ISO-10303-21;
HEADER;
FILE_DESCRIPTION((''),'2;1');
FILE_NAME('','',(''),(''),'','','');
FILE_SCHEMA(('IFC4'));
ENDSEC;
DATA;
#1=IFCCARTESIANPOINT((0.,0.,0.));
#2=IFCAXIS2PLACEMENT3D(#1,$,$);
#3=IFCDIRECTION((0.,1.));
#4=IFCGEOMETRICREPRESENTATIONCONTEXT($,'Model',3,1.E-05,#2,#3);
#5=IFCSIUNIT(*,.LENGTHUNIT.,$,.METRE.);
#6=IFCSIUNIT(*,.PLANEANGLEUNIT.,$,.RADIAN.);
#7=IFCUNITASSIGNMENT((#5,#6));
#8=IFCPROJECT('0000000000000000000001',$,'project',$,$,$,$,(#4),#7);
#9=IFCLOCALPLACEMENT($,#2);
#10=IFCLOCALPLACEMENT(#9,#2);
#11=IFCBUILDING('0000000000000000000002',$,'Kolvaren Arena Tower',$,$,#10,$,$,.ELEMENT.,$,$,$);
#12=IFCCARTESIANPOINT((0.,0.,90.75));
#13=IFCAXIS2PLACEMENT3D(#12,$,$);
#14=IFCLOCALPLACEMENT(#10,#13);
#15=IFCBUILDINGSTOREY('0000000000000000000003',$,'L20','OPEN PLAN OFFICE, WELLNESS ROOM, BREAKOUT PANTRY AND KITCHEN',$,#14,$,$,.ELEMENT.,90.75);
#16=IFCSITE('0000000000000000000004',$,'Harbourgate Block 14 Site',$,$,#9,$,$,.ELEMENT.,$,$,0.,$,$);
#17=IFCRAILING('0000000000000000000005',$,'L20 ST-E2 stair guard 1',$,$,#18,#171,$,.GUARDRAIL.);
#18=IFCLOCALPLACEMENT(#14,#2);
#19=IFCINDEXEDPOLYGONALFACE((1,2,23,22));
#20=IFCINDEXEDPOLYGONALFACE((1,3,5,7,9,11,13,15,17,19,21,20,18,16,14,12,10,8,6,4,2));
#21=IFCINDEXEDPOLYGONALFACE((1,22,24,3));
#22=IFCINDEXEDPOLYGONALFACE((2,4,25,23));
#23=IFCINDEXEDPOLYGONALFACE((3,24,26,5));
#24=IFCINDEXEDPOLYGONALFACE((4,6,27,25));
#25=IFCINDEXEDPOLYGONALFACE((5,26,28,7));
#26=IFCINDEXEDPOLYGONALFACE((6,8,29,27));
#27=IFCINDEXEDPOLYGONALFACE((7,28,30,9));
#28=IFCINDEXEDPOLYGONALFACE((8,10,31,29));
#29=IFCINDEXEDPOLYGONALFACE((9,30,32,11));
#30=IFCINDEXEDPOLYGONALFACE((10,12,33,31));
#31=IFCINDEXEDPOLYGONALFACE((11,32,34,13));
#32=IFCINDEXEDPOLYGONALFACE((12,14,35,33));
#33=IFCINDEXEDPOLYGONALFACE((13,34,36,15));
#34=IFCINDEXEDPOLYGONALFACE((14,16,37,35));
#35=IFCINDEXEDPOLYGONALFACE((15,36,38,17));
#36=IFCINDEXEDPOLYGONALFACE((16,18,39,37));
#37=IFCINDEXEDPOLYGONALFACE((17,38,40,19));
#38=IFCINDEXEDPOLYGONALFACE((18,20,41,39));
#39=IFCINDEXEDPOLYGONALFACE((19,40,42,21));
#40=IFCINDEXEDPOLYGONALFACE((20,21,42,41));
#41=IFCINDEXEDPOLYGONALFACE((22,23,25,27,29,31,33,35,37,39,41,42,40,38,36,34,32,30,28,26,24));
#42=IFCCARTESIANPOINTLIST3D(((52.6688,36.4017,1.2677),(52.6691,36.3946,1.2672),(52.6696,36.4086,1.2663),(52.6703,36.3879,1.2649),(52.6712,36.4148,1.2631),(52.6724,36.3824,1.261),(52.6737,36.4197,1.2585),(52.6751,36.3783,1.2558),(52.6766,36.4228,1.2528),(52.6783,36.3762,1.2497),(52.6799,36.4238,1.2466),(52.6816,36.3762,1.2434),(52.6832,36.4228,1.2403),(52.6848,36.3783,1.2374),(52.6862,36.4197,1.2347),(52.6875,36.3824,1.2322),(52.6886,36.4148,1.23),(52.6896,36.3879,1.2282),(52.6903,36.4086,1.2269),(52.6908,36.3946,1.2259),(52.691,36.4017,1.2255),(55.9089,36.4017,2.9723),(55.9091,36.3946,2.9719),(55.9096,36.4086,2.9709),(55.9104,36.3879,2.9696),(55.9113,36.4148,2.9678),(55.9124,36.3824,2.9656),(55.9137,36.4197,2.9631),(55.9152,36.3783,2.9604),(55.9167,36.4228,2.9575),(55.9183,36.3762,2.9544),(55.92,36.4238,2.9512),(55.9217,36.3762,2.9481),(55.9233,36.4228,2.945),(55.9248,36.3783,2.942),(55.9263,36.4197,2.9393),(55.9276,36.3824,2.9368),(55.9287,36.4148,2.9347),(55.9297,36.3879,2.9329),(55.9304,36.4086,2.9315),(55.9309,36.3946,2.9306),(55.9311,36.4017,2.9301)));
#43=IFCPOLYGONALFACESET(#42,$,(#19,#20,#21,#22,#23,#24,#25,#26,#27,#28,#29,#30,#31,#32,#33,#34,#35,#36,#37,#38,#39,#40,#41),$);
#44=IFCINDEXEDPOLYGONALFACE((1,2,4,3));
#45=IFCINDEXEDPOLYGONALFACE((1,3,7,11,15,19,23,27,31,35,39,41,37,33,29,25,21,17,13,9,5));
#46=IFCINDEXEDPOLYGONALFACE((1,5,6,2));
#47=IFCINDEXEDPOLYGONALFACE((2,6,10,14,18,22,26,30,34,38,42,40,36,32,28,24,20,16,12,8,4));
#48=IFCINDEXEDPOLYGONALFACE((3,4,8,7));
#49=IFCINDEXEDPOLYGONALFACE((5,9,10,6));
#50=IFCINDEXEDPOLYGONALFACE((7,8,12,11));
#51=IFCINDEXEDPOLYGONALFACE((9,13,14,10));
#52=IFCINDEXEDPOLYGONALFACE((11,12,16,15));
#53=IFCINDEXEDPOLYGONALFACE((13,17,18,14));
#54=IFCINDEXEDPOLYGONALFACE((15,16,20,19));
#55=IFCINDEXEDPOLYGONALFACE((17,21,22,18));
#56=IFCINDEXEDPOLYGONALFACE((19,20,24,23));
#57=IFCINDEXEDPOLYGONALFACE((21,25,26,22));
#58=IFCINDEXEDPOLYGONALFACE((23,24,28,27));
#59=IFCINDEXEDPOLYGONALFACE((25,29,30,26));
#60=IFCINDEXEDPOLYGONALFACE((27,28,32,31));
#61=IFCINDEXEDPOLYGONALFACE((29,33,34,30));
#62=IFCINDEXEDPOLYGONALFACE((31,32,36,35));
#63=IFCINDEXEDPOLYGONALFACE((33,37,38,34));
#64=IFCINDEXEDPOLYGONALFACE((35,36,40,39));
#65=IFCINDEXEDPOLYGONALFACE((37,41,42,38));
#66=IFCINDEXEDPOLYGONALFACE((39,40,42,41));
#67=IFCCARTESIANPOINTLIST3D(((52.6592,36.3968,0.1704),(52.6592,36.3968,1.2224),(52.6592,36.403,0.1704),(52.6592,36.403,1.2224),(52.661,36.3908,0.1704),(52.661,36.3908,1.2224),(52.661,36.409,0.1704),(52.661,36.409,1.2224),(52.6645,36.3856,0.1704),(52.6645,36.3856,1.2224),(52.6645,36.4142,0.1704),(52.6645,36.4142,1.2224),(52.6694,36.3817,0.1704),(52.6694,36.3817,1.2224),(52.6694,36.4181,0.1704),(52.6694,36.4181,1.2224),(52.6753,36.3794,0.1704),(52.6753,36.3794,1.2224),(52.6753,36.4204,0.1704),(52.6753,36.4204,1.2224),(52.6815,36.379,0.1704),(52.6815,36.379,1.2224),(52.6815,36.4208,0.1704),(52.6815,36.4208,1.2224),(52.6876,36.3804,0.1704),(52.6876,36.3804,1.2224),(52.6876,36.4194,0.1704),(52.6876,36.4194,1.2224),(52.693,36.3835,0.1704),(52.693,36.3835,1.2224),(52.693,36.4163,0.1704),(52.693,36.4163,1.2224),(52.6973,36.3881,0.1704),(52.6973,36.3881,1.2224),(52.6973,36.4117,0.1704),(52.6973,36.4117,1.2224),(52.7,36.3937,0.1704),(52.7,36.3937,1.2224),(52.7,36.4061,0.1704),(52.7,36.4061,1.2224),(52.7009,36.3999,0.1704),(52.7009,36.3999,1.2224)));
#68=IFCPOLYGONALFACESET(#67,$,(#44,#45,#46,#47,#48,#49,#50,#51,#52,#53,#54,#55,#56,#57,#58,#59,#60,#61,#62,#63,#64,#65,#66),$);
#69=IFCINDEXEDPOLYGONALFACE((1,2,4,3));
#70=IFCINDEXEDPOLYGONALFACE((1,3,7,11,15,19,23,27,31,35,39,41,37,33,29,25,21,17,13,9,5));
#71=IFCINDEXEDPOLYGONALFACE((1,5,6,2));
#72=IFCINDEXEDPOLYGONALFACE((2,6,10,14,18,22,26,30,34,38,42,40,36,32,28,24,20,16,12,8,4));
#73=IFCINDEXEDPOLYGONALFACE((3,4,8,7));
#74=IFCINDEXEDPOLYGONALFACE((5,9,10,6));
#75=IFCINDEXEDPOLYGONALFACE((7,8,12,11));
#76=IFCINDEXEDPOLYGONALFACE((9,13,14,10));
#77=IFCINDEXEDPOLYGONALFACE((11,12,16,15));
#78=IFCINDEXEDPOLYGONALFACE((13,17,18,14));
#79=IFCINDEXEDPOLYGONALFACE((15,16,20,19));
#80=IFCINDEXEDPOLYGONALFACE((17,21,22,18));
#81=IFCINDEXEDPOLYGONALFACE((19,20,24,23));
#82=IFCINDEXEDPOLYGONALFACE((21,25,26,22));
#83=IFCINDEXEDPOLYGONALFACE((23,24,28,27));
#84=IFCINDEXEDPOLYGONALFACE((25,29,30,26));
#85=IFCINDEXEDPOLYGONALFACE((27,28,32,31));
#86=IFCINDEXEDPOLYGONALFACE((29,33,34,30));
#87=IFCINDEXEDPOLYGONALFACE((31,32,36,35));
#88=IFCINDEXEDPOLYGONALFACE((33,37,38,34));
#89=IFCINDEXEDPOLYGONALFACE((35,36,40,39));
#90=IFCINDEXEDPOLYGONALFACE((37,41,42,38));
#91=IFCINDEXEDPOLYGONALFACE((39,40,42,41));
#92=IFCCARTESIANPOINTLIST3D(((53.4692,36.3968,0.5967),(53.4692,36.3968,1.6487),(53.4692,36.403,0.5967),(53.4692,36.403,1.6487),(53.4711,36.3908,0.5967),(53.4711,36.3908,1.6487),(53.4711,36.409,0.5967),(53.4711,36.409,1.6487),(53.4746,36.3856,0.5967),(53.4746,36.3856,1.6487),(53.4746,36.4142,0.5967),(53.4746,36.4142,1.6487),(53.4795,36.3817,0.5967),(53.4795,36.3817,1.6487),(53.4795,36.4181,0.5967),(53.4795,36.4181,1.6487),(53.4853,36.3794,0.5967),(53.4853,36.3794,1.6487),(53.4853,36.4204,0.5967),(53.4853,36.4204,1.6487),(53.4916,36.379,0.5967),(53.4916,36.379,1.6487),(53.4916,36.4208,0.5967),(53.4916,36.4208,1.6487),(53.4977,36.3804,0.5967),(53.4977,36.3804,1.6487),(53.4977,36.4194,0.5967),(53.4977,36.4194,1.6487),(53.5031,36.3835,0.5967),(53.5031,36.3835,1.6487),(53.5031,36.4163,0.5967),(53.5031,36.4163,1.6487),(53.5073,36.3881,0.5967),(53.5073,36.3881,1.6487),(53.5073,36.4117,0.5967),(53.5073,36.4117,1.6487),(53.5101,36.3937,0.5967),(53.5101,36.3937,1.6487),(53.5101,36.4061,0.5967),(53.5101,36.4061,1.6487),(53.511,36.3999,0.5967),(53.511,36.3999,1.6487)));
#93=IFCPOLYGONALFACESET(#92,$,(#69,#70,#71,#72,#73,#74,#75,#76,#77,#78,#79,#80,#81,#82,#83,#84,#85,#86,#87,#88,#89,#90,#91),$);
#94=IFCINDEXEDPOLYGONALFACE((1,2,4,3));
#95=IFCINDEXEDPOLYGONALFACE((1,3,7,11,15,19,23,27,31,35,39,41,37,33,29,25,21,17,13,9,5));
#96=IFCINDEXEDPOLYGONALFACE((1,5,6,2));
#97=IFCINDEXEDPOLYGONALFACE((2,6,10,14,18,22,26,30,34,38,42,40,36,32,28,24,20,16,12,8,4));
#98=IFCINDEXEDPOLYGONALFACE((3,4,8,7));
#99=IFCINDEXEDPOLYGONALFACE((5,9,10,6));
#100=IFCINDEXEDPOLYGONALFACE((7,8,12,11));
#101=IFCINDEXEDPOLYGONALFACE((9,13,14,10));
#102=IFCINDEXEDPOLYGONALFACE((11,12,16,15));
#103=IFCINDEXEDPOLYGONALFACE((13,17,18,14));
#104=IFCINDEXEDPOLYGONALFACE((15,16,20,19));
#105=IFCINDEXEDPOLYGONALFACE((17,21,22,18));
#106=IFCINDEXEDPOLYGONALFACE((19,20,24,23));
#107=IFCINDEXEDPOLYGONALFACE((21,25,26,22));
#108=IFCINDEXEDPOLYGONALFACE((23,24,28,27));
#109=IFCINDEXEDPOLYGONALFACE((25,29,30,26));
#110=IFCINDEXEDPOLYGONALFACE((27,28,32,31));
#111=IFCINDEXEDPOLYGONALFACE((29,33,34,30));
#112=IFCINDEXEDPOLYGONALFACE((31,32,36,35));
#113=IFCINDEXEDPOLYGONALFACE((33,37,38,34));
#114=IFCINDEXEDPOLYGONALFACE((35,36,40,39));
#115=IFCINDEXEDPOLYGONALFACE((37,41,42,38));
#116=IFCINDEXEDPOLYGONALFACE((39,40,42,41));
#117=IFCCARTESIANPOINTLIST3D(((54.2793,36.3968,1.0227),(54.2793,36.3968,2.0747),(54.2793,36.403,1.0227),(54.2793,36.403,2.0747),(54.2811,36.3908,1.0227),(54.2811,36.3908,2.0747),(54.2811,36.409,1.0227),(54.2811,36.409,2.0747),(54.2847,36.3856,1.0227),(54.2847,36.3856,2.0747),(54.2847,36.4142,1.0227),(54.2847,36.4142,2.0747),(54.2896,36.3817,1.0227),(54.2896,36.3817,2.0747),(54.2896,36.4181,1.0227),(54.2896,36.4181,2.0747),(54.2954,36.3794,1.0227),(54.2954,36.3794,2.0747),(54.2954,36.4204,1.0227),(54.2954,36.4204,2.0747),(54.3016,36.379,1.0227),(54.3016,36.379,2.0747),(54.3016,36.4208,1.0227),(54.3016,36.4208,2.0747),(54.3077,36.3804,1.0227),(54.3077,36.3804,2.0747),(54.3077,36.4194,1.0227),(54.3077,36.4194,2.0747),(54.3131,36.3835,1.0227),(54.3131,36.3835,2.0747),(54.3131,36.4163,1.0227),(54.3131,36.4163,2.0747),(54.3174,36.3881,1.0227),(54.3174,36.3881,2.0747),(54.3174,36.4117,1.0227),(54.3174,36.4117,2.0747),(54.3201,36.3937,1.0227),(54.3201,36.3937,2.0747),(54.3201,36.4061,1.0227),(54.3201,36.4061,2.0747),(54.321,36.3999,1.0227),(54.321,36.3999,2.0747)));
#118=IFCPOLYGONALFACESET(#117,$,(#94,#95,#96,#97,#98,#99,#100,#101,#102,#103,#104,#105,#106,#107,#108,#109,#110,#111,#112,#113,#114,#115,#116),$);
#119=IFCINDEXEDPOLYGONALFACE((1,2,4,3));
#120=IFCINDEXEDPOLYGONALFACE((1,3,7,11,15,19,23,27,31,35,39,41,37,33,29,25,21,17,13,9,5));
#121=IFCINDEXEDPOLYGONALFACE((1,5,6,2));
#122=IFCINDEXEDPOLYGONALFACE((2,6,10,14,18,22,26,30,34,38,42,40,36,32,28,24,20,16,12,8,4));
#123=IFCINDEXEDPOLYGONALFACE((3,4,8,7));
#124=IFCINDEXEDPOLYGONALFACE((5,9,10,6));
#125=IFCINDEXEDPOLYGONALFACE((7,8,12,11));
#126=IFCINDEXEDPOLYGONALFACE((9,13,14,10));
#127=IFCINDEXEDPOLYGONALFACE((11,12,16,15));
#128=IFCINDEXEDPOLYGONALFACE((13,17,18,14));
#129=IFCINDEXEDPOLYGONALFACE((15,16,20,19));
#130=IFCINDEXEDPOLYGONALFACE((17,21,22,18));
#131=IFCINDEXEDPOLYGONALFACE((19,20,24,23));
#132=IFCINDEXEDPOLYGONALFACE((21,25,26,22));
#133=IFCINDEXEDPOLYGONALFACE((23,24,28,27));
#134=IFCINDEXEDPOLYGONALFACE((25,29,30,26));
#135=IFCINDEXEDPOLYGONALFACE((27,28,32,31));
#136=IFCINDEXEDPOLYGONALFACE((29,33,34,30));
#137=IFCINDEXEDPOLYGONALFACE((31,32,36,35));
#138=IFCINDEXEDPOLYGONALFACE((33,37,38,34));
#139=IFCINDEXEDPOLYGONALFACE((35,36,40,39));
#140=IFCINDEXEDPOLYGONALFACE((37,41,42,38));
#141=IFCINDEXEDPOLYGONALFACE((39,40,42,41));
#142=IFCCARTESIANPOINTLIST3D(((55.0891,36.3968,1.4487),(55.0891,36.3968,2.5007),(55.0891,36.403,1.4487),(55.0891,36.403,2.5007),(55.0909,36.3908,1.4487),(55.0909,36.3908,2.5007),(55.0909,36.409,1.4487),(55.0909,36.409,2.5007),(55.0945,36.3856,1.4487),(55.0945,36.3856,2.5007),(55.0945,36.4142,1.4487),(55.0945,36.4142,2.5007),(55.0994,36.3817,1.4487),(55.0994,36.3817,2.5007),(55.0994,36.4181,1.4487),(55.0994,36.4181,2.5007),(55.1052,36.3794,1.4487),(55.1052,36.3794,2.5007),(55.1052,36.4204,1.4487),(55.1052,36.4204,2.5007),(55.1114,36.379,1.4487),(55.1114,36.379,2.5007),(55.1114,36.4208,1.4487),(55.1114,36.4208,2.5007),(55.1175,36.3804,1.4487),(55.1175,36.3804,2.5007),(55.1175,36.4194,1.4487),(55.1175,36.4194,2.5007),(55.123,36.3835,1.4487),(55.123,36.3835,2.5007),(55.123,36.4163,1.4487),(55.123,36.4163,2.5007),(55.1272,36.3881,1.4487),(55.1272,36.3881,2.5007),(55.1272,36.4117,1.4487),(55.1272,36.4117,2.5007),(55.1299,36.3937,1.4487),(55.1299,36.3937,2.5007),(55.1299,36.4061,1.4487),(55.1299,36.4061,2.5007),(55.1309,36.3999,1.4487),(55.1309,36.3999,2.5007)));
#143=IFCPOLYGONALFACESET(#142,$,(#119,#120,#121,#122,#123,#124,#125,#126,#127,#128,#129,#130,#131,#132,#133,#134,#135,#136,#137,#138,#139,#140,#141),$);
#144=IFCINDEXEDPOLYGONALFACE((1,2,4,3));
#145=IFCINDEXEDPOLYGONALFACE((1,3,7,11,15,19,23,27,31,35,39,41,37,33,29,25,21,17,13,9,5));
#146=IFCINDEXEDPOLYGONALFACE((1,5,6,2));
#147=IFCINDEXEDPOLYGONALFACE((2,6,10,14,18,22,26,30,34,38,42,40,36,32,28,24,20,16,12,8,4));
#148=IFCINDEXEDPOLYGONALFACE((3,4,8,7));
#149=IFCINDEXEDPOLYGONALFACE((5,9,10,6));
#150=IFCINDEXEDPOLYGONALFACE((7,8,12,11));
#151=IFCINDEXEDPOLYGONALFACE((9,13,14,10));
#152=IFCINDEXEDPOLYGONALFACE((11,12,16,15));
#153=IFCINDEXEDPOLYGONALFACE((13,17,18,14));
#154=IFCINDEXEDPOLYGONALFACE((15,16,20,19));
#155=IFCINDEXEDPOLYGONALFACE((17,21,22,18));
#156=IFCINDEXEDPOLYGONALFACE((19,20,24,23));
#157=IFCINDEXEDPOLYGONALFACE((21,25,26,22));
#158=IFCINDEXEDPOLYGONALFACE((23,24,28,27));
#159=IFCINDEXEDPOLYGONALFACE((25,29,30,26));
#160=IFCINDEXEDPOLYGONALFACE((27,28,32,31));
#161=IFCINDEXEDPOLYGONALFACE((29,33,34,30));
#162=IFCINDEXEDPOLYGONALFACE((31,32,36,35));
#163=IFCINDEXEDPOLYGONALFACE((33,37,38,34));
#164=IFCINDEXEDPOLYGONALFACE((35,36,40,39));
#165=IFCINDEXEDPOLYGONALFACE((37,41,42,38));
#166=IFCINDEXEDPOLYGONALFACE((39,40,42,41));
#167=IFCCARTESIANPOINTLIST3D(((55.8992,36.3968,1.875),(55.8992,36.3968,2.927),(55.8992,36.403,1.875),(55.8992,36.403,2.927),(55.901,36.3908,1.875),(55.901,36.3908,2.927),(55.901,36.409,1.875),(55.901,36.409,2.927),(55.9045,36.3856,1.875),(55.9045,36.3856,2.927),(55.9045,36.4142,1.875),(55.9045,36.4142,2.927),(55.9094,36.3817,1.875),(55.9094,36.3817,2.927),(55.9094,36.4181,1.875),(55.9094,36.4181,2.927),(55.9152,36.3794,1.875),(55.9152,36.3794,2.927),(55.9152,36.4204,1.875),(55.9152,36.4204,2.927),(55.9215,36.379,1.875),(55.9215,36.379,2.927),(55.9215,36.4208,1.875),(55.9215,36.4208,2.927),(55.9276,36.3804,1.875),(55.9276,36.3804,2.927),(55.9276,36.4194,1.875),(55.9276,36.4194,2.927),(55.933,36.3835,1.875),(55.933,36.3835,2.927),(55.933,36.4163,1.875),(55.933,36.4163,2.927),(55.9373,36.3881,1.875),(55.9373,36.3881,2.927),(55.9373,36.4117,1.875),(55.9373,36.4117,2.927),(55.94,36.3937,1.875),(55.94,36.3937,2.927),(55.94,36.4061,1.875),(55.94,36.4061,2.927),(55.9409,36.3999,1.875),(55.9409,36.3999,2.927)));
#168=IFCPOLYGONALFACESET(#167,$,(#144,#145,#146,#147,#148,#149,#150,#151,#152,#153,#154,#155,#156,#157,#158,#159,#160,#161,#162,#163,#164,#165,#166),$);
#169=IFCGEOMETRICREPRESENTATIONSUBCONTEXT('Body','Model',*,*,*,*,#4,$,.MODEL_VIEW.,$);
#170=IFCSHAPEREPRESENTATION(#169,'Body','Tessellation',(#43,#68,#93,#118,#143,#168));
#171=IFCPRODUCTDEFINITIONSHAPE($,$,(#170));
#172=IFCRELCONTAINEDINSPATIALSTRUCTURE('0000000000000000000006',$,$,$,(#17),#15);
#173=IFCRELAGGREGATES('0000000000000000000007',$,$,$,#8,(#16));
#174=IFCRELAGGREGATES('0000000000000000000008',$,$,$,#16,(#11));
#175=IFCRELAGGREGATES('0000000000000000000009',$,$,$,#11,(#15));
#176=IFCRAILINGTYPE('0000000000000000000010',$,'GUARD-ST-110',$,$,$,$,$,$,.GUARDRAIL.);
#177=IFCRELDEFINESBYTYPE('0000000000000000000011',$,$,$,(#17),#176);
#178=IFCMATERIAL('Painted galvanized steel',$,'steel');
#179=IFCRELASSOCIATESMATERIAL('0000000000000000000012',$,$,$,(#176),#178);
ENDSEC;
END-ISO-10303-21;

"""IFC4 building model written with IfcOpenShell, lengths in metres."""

from ifc_helpers import new_model, si_unit, direction, frame, origin, origin_2d, place, context, subcontext, project, spatial, circle, extrude, material, type_object, element, save


model = new_model("IFC4")

# Units and contexts
model_context = context("Model", 3, precision=1e-05, world=origin(), true_north=direction((0.0, 1.0)))
body_context = subcontext(model_context, "Body", "Model", "MODEL_VIEW")
ifc_project = project(units=[si_unit("LENGTHUNIT", "METRE"), si_unit("PLANEANGLEUNIT", "RADIAN")], contexts=[model_context])

# Site, building, storey
site_placement = place(None, origin())
site = spatial("IfcSite", under=ifc_project, at=site_placement, Name="Harbourgate Block 14 Site", CompositionType="ELEMENT", RefElevation=0.0)
building_placement = place(site_placement, origin())
building = spatial("IfcBuilding", under=site, at=building_placement, Name="Kolvaren Arena Tower", CompositionType="ELEMENT")
storey_placement = place(building_placement, frame((0.0, 0.0, 90.75)))
storey = spatial("IfcBuildingStorey", under=building, at=storey_placement, Name="L20", Description="OPEN PLAN OFFICE, WELLNESS ROOM, BREAKOUT PANTRY AND KITCHEN", CompositionType="ELEMENT", Elevation=90.75)

# Railing
ifc_material_1 = material(Name="Painted galvanized steel", Category="steel")
railing_type_1 = type_object("IfcRailingType", Name="GUARD-ST-110", PredefinedType="GUARDRAIL", material=ifc_material_1)
railing_1_placement = place(storey_placement, frame((52.6799, 36.3999, 0.1704)))
element("IfcRailing", 1, at=railing_1_placement, inside=storey, type_object=railing_type_1, Name="L20 ST-E2 stair guard 1", PredefinedType="GUARDRAIL", context=body_context, shape_type="SweptSolid", body=[
    extrude(circle(Radius=0.0239, at=origin_2d()), frame((0.0, 0.0, 1.0762), z_axis=(0.884993, 0.0, 0.465604), x_axis=(0.0, 1.0, 0.0)), (0.0, 0.0, 1.0), 3.6611),
    extrude(circle(Radius=0.021, at=origin_2d()), origin(), (0.0, 0.0, 1.0), 1.052),
    extrude(circle(Radius=0.021, at=origin_2d()), frame((0.8101, 0.0, 0.4263)), (0.0, 0.0, 1.0), 1.052),
    extrude(circle(Radius=0.021, at=origin_2d()), frame((1.6201, 0.0, 0.8523)), (0.0, 0.0, 1.0), 1.052),
    extrude(circle(Radius=0.021, at=origin_2d()), frame((2.4299, 0.0, 1.2783)), (0.0, 0.0, 1.0), 1.052),
    extrude(circle(Radius=0.021, at=origin_2d()), frame((3.24, 0.0, 1.7046)), (0.0, 0.0, 1.0), 1.052),
])

save(model, "model.ifc")
